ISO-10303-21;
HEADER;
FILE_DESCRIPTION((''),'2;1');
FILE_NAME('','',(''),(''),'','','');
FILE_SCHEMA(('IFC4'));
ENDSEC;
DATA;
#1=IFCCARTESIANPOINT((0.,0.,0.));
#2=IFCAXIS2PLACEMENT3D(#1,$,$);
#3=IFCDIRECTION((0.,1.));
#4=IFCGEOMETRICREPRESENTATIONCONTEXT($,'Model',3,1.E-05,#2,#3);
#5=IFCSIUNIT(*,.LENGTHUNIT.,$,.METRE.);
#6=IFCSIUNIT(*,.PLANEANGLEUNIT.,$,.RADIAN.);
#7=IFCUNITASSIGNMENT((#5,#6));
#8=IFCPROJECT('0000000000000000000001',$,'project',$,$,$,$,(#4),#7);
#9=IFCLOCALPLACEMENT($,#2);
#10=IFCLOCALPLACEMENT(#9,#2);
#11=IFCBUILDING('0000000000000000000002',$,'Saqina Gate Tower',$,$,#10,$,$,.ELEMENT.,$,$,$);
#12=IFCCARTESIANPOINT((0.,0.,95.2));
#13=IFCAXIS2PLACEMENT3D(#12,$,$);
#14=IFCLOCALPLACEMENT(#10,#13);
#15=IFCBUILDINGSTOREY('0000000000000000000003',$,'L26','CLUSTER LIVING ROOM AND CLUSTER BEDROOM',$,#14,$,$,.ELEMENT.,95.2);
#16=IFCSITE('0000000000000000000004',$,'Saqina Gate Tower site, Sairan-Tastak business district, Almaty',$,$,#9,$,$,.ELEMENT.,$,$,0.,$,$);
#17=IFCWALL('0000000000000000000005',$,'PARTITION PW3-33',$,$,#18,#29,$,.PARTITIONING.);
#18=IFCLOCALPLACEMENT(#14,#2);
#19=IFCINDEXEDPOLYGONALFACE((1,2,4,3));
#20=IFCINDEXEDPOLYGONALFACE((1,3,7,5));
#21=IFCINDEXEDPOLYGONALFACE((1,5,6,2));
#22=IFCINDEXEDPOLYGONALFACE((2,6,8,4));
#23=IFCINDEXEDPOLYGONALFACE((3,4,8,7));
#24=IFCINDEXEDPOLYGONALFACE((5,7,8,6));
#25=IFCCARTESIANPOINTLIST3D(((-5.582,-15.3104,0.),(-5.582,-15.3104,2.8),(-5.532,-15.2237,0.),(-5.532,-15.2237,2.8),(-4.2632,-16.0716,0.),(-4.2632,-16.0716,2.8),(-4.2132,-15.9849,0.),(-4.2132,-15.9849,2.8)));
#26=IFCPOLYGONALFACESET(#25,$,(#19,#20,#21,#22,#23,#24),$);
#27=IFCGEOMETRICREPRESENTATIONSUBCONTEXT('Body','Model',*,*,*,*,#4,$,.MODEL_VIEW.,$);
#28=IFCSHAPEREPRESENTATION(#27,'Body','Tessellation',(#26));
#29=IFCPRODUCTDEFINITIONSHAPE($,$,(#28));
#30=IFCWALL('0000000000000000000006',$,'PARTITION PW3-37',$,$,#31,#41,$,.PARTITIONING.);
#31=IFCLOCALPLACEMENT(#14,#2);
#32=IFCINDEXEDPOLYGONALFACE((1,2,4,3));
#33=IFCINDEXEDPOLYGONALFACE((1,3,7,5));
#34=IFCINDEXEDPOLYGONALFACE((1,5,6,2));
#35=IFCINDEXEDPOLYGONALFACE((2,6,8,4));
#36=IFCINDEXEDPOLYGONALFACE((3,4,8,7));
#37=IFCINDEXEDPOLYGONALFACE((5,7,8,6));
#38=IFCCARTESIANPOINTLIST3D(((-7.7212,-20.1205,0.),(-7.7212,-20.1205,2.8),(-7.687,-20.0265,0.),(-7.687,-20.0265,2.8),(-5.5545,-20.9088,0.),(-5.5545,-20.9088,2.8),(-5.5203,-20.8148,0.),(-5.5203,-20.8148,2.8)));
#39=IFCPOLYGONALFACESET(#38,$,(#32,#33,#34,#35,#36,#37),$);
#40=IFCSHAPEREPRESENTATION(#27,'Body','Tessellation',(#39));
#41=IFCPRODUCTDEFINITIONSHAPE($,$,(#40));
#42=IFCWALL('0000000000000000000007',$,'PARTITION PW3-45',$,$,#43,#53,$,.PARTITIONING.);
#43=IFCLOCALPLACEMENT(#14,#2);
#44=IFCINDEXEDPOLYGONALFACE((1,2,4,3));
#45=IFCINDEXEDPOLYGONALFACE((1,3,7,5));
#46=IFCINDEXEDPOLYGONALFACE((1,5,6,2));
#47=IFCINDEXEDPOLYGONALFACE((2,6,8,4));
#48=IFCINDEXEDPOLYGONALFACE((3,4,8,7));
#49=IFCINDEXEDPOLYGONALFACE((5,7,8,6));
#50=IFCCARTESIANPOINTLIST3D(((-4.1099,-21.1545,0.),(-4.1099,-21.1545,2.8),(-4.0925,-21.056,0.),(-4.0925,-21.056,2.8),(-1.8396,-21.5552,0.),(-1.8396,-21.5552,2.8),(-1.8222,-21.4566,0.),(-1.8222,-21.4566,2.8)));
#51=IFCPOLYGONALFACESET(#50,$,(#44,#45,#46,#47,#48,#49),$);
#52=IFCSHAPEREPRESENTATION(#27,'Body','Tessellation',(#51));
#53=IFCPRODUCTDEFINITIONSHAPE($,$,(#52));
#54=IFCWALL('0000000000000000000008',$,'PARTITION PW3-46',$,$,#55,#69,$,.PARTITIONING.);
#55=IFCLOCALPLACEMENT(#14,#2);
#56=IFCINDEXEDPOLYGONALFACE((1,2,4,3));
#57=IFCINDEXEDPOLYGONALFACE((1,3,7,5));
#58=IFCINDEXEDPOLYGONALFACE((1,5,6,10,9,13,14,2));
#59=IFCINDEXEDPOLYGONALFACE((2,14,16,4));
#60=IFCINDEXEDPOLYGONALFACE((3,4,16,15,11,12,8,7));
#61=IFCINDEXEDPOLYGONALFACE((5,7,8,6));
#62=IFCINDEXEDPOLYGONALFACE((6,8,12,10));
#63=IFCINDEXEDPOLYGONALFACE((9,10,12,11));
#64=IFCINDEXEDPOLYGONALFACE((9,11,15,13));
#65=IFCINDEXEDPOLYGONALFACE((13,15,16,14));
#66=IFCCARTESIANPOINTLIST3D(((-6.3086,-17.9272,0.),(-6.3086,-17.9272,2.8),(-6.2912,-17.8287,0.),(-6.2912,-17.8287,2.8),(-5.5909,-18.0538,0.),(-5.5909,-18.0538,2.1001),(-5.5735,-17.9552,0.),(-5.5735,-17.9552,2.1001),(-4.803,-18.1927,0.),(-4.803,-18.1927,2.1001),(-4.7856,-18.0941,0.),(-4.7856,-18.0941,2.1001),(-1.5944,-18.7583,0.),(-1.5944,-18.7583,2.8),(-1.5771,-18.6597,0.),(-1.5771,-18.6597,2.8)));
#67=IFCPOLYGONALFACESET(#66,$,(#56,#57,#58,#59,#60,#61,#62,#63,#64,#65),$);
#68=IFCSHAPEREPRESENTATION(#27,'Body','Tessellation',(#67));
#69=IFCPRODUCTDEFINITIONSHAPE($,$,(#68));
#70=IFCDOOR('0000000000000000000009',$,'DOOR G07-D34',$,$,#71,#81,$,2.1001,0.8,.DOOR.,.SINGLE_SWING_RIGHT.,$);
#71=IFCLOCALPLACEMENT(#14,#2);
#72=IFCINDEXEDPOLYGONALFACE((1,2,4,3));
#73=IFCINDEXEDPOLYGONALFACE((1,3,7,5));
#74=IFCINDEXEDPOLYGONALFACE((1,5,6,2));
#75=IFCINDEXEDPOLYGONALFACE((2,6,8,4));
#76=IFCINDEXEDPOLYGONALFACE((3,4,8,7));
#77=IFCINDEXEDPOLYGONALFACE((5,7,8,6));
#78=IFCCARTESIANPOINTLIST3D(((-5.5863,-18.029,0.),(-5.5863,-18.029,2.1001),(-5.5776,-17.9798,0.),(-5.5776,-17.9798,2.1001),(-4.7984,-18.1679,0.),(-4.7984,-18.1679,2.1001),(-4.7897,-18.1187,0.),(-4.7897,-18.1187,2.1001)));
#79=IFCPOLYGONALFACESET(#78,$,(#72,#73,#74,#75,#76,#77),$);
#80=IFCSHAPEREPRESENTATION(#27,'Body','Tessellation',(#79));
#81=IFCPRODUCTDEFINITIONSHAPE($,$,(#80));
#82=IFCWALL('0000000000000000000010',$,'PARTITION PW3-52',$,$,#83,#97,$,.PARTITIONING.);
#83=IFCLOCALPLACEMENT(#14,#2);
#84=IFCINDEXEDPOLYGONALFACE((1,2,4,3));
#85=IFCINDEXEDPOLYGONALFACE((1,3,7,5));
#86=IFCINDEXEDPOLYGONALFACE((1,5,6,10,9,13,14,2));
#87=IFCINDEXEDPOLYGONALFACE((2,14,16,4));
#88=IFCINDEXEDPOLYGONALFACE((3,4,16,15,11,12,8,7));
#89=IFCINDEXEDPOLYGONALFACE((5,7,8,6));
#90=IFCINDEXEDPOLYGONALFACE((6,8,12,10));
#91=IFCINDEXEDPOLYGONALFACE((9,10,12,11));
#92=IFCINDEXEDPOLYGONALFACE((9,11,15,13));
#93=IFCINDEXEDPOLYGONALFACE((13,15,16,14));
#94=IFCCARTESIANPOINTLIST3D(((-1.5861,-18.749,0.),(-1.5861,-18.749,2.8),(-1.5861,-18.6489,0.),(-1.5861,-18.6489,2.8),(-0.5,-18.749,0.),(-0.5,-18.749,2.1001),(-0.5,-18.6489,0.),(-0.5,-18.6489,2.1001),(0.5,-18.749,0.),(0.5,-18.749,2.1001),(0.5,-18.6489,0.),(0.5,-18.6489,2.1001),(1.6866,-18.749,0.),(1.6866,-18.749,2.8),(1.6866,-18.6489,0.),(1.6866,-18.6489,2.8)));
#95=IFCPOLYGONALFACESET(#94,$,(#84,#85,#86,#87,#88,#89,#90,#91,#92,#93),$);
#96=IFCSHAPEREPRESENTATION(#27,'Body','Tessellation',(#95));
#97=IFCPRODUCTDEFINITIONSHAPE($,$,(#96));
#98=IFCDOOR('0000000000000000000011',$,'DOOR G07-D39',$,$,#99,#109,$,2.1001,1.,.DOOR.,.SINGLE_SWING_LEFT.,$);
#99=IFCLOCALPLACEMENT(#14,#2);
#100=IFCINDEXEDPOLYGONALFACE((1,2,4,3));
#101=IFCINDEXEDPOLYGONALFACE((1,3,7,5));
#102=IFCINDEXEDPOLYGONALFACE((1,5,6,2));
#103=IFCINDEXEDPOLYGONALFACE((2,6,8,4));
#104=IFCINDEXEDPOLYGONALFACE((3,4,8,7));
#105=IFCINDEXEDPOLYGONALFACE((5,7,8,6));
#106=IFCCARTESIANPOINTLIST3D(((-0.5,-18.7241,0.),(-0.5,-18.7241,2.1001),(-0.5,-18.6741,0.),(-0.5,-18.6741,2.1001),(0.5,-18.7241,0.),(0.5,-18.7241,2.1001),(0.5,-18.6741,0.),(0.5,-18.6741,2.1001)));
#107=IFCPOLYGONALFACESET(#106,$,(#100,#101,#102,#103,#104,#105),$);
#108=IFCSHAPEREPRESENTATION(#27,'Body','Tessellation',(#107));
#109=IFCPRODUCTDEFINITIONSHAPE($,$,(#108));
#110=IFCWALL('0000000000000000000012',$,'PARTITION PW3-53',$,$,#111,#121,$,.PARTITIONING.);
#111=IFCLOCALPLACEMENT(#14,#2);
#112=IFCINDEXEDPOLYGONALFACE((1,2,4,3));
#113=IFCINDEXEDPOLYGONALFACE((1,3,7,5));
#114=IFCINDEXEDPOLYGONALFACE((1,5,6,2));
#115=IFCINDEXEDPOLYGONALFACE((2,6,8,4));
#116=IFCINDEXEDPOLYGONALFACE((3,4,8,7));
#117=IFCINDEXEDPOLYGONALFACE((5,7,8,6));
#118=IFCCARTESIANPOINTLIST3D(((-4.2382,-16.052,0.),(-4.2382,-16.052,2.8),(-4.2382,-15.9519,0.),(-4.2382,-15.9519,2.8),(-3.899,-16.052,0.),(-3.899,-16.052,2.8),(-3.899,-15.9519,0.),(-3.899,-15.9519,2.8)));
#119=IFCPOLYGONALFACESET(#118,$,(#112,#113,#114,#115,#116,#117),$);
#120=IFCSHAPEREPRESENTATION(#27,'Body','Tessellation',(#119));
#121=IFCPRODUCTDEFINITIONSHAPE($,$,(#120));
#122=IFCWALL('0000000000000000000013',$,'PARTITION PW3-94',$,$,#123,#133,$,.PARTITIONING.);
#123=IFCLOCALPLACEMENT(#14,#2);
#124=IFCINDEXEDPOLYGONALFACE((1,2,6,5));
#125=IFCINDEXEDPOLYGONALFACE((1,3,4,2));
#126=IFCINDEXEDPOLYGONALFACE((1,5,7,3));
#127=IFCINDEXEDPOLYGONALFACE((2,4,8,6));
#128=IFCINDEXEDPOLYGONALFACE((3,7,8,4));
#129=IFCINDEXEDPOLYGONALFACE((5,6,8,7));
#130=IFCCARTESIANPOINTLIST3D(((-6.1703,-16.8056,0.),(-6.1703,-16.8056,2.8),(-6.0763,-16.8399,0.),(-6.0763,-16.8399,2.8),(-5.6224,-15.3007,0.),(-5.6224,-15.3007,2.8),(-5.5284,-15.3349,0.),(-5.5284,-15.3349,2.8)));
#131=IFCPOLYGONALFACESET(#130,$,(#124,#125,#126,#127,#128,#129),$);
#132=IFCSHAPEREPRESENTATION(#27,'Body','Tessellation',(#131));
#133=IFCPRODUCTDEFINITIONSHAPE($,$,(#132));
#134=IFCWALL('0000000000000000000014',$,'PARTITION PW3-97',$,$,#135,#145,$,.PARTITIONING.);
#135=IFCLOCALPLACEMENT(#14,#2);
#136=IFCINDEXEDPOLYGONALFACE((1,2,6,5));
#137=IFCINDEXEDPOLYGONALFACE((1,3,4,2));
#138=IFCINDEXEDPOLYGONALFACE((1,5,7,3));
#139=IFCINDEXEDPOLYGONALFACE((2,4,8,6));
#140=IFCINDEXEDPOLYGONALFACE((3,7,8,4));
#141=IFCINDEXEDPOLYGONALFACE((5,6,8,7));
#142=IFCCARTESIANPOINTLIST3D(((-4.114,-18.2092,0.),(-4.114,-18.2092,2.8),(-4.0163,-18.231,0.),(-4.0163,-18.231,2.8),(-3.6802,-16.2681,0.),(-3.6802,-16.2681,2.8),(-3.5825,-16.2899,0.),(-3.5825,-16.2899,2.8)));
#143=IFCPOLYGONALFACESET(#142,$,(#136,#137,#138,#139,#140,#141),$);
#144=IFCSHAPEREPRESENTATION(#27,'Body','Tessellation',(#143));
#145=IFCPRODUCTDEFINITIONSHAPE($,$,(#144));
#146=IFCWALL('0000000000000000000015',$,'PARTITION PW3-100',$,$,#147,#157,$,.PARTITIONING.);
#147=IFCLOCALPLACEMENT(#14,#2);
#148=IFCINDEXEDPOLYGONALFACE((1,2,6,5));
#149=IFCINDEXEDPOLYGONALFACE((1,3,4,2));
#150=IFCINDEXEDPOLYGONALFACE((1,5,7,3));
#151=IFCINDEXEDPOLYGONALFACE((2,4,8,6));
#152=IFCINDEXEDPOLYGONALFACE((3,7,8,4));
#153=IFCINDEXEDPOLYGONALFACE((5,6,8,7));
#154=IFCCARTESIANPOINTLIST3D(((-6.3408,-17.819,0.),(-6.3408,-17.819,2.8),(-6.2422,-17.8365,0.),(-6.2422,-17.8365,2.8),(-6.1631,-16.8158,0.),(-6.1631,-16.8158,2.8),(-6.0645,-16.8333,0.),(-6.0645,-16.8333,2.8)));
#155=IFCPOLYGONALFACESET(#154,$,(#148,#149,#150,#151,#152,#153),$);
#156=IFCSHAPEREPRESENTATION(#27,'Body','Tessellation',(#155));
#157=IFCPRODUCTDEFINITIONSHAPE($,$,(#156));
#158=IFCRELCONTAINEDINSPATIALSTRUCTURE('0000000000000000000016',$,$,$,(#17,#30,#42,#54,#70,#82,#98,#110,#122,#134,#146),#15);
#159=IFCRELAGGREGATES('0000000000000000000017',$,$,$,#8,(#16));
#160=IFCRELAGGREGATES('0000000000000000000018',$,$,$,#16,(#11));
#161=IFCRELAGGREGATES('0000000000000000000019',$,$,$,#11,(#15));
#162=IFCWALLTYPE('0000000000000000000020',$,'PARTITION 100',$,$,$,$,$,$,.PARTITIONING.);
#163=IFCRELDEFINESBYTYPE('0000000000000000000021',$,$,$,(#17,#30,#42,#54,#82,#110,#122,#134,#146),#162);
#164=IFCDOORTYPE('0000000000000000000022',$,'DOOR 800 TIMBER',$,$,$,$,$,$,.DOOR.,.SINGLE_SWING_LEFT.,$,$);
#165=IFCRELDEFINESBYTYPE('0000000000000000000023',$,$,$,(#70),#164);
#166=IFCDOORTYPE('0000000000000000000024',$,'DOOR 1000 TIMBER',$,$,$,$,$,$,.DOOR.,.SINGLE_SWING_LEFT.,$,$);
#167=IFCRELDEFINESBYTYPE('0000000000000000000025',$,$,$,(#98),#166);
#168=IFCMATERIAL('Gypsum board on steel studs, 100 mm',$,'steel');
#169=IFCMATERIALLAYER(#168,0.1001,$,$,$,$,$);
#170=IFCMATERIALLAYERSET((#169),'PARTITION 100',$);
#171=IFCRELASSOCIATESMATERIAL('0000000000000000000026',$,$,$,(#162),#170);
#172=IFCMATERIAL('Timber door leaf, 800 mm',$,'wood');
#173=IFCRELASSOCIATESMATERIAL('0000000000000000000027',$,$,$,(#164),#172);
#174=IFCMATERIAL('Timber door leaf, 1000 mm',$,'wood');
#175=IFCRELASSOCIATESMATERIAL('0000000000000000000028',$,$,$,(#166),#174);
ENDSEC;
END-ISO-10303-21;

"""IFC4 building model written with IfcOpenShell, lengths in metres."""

from ifc_helpers import new_model, si_unit, direction, frame, frame_2d, origin, place, context, subcontext, project, spatial, rectangle, extrude, material, layer, layer_set, type_object, element, fill, save


model = new_model("IFC4")

# Units and contexts
model_context = context("Model", 3, precision=1e-05, world=origin(), true_north=direction((0.0, 1.0)))
body_context = subcontext(model_context, "Body", "Model", "MODEL_VIEW")
ifc_project = project(units=[si_unit("LENGTHUNIT", "METRE"), si_unit("PLANEANGLEUNIT", "RADIAN")], contexts=[model_context])

# Site, building, storey
site_placement = place(None, origin())
site = spatial("IfcSite", under=ifc_project, at=site_placement, Name="Saqina Gate Tower site, Sairan-Tastak business district, Almaty", CompositionType="ELEMENT", RefElevation=0.0)
building_placement = place(site_placement, origin())
building = spatial("IfcBuilding", under=site, at=building_placement, Name="Saqina Gate Tower", CompositionType="ELEMENT")
storey_placement = place(building_placement, frame((0.0, 0.0, 95.2)))
storey = spatial("IfcBuildingStorey", under=building, at=storey_placement, Name="L26", Description="CLUSTER LIVING ROOM AND CLUSTER BEDROOM", CompositionType="ELEMENT", Elevation=95.2)

# Walls
ifc_material_1 = material(Name="Gypsum board on steel studs, 100 mm", Category="steel")
ifc_layer_1 = layer(ifc_material_1, 0.1001)
ifc_layer_set_1 = layer_set([ifc_layer_1], Name="PARTITION 100")
wall_type_1 = type_object("IfcWallType", Name="PARTITION 100", PredefinedType="PARTITIONING", material=ifc_layer_set_1)
wall_1_placement = place(storey_placement, frame((-5.5569, -15.2671, 0.0), z_axis=(0.0, 0.0, 1.0), x_axis=(0.866084, -0.499898, 0.0)))
element("IfcWall", 1, at=wall_1_placement, inside=storey, type_object=wall_type_1, Name="PARTITION PW3-33", PredefinedType="PARTITIONING", context=body_context, shape_type="SweptSolid", body=[
    extrude(rectangle(XDim=1.5227, YDim=0.1001, at=frame_2d((0.7612, 0.0))), origin(), (0.0, 0.0, 1.0), 2.8),
])
wall_2_placement = place(storey_placement, frame((-7.7041, -20.0735, 0.0), z_axis=(0.0, 0.0, 1.0), x_axis=(0.939735, -0.341905, 0.0)))
element("IfcWall", 2, at=wall_2_placement, inside=storey, type_object=wall_type_1, Name="PARTITION PW3-37", PredefinedType="PARTITIONING", context=body_context, shape_type="SweptSolid", body=[
    extrude(rectangle(XDim=2.3057, YDim=0.1001, at=frame_2d((1.1528, 0.0))), origin(), (0.0, 0.0, 1.0), 2.8),
])
wall_3_placement = place(storey_placement, frame((-4.1013, -21.1052, 0.0), z_axis=(0.0, 0.0, 1.0), x_axis=(0.984784, -0.173785, 0.0)))
element("IfcWall", 3, at=wall_3_placement, inside=storey, type_object=wall_type_1, Name="PARTITION PW3-45", PredefinedType="PARTITIONING", context=body_context, shape_type="SweptSolid", body=[
    extrude(rectangle(XDim=2.3054, YDim=0.1001, at=frame_2d((1.1528, 0.0))), origin(), (0.0, 0.0, 1.0), 2.8),
])

# Walls, openings, doors
wall_4_placement = place(storey_placement, frame((-6.3, -17.8779, 0.0), z_axis=(0.0, 0.0, 1.0), x_axis=(0.984814, -0.173614, 0.0)))
wall_4 = element("IfcWall", 4, at=wall_4_placement, inside=storey, type_object=wall_type_1, Name="PARTITION PW3-46", PredefinedType="PARTITIONING", context=body_context, shape_type="SweptSolid", body=[
    extrude(rectangle(XDim=4.7869, YDim=0.1001, at=frame_2d((2.3936, 0.0))), origin(), (0.0, 0.0, 1.0), 2.8),
])
opening_1_placement = place(wall_4_placement, frame((0.729, 0.0, 0.0)))
opening_1 = element("IfcOpeningElement", 5, at=opening_1_placement, cuts=wall_4, PredefinedType="OPENING", context=body_context, shape_type="SweptSolid", body=[
    extrude(rectangle(XDim=0.8, YDim=2.1001, at=frame_2d((0.3999, 1.05))), frame((0.0, 0.062, 0.0), z_axis=(0.0, -1.0, 0.0), x_axis=(1.0, 0.0, 0.0)), (0.0, 0.0, 1.0), 0.124),
])
ifc_material_2 = material(Name="Timber door leaf, 800 mm", Category="wood")
door_type_1 = type_object("IfcDoorType", Name="DOOR 800 TIMBER", OperationType="SINGLE_SWING_LEFT", PredefinedType="DOOR", material=ifc_material_2)
door_1_placement = place(opening_1_placement, frame((0.8, 0.0, 0.0), z_axis=(0.0, 0.0, 1.0), x_axis=(-1.0, 0.0, 0.0)))
door_1 = element("IfcDoor", 6, at=door_1_placement, inside=storey, type_object=door_type_1, Name="DOOR G07-D34", OperationType="SINGLE_SWING_RIGHT", OverallHeight=2.1001, OverallWidth=0.8, PredefinedType="DOOR", context=body_context, shape_type="SweptSolid", body=[
    extrude(rectangle(XDim=0.8, YDim=2.1001, at=frame_2d((0.3999, 1.05))), frame((0.0, 0.0249, 0.0), z_axis=(0.0, -1.0, 0.0), x_axis=(1.0, 0.0, 0.0)), (0.0, 0.0, 1.0), 0.05),
])
fill(opening_1, door_1)
wall_5_placement = place(storey_placement, frame((-1.5859, -18.699, 0.0), z_axis=(0.0, 0.0, 1.0), x_axis=(1.0, 0.0, 0.0)))
wall_5 = element("IfcWall", 7, at=wall_5_placement, inside=storey, type_object=wall_type_1, Name="PARTITION PW3-52", PredefinedType="PARTITIONING", context=body_context, shape_type="SweptSolid", body=[
    extrude(rectangle(XDim=3.2727, YDim=0.1001, at=frame_2d((1.6362, 0.0))), origin(), (0.0, 0.0, 1.0), 2.8),
])
opening_2_placement = place(wall_5_placement, frame((1.0859, 0.0, 0.0)))
opening_2 = element("IfcOpeningElement", 8, at=opening_2_placement, cuts=wall_5, PredefinedType="OPENING", context=body_context, shape_type="SweptSolid", body=[
    extrude(rectangle(XDim=1.0, YDim=2.1001, at=frame_2d((0.5, 1.05))), frame((0.0, 0.062, 0.0), z_axis=(0.0, -1.0, 0.0), x_axis=(1.0, 0.0, 0.0)), (0.0, 0.0, 1.0), 0.124),
])
ifc_material_3 = material(Name="Timber door leaf, 1000 mm", Category="wood")
door_type_2 = type_object("IfcDoorType", Name="DOOR 1000 TIMBER", OperationType="SINGLE_SWING_LEFT", PredefinedType="DOOR", material=ifc_material_3)
door_2_placement = place(opening_2_placement, origin())
door_2 = element("IfcDoor", 9, at=door_2_placement, inside=storey, type_object=door_type_2, Name="DOOR G07-D39", OperationType="SINGLE_SWING_LEFT", OverallHeight=2.1001, OverallWidth=1.0, PredefinedType="DOOR", context=body_context, shape_type="SweptSolid", body=[
    extrude(rectangle(XDim=1.0, YDim=2.1001, at=frame_2d((0.5, 1.05))), frame((0.0, 0.0249, 0.0), z_axis=(0.0, -1.0, 0.0), x_axis=(1.0, 0.0, 0.0)), (0.0, 0.0, 1.0), 0.05),
])
fill(opening_2, door_2)

# Walls
wall_6_placement = place(storey_placement, frame((-4.238, -16.002, 0.0), z_axis=(0.0, 0.0, 1.0), x_axis=(1.0, 0.0, 0.0)))
element("IfcWall", 10, at=wall_6_placement, inside=storey, type_object=wall_type_1, Name="PARTITION PW3-53", PredefinedType="PARTITIONING", context=body_context, shape_type="SweptSolid", body=[
    extrude(rectangle(XDim=0.3391, YDim=0.1001, at=frame_2d((0.1694, 0.0))), origin(), (0.0, 0.0, 1.0), 2.8),
])
wall_7_placement = place(storey_placement, frame((-6.1233, -16.8228, 0.0), z_axis=(0.0, 0.0, 1.0), x_axis=(0.342086, 0.939669, 0.0)))
element("IfcWall", 11, at=wall_7_placement, inside=storey, type_object=wall_type_1, Name="PARTITION PW3-94", PredefinedType="PARTITIONING", context=body_context, shape_type="SweptSolid", body=[
    extrude(rectangle(XDim=1.6016, YDim=0.1001, at=frame_2d((0.8008, 0.0))), origin(), (0.0, 0.0, 1.0), 2.8),
])
wall_8_placement = place(storey_placement, frame((-4.0652, -18.2202, 0.0), z_axis=(0.0, 0.0, 1.0), x_axis=(0.218113, 0.975924, 0.0)))
element("IfcWall", 12, at=wall_8_placement, inside=storey, type_object=wall_type_1, Name="PARTITION PW3-97", PredefinedType="PARTITIONING", context=body_context, shape_type="SweptSolid", body=[
    extrude(rectangle(XDim=1.989, YDim=0.1001, at=frame_2d((0.9946, 0.0))), origin(), (0.0, 0.0, 1.0), 2.8),
])
wall_9_placement = place(storey_placement, frame((-6.2915, -17.8276, 0.0), z_axis=(0.0, 0.0, 1.0), x_axis=(0.174455, 0.984665, 0.0)))
element("IfcWall", 13, at=wall_9_placement, inside=storey, type_object=wall_type_1, Name="PARTITION PW3-100", PredefinedType="PARTITIONING", context=body_context, shape_type="SweptSolid", body=[
    extrude(rectangle(XDim=1.0188, YDim=0.1001, at=frame_2d((0.5093, 0.0))), origin(), (0.0, 0.0, 1.0), 2.8),
])

save(model, "model.ifc")
